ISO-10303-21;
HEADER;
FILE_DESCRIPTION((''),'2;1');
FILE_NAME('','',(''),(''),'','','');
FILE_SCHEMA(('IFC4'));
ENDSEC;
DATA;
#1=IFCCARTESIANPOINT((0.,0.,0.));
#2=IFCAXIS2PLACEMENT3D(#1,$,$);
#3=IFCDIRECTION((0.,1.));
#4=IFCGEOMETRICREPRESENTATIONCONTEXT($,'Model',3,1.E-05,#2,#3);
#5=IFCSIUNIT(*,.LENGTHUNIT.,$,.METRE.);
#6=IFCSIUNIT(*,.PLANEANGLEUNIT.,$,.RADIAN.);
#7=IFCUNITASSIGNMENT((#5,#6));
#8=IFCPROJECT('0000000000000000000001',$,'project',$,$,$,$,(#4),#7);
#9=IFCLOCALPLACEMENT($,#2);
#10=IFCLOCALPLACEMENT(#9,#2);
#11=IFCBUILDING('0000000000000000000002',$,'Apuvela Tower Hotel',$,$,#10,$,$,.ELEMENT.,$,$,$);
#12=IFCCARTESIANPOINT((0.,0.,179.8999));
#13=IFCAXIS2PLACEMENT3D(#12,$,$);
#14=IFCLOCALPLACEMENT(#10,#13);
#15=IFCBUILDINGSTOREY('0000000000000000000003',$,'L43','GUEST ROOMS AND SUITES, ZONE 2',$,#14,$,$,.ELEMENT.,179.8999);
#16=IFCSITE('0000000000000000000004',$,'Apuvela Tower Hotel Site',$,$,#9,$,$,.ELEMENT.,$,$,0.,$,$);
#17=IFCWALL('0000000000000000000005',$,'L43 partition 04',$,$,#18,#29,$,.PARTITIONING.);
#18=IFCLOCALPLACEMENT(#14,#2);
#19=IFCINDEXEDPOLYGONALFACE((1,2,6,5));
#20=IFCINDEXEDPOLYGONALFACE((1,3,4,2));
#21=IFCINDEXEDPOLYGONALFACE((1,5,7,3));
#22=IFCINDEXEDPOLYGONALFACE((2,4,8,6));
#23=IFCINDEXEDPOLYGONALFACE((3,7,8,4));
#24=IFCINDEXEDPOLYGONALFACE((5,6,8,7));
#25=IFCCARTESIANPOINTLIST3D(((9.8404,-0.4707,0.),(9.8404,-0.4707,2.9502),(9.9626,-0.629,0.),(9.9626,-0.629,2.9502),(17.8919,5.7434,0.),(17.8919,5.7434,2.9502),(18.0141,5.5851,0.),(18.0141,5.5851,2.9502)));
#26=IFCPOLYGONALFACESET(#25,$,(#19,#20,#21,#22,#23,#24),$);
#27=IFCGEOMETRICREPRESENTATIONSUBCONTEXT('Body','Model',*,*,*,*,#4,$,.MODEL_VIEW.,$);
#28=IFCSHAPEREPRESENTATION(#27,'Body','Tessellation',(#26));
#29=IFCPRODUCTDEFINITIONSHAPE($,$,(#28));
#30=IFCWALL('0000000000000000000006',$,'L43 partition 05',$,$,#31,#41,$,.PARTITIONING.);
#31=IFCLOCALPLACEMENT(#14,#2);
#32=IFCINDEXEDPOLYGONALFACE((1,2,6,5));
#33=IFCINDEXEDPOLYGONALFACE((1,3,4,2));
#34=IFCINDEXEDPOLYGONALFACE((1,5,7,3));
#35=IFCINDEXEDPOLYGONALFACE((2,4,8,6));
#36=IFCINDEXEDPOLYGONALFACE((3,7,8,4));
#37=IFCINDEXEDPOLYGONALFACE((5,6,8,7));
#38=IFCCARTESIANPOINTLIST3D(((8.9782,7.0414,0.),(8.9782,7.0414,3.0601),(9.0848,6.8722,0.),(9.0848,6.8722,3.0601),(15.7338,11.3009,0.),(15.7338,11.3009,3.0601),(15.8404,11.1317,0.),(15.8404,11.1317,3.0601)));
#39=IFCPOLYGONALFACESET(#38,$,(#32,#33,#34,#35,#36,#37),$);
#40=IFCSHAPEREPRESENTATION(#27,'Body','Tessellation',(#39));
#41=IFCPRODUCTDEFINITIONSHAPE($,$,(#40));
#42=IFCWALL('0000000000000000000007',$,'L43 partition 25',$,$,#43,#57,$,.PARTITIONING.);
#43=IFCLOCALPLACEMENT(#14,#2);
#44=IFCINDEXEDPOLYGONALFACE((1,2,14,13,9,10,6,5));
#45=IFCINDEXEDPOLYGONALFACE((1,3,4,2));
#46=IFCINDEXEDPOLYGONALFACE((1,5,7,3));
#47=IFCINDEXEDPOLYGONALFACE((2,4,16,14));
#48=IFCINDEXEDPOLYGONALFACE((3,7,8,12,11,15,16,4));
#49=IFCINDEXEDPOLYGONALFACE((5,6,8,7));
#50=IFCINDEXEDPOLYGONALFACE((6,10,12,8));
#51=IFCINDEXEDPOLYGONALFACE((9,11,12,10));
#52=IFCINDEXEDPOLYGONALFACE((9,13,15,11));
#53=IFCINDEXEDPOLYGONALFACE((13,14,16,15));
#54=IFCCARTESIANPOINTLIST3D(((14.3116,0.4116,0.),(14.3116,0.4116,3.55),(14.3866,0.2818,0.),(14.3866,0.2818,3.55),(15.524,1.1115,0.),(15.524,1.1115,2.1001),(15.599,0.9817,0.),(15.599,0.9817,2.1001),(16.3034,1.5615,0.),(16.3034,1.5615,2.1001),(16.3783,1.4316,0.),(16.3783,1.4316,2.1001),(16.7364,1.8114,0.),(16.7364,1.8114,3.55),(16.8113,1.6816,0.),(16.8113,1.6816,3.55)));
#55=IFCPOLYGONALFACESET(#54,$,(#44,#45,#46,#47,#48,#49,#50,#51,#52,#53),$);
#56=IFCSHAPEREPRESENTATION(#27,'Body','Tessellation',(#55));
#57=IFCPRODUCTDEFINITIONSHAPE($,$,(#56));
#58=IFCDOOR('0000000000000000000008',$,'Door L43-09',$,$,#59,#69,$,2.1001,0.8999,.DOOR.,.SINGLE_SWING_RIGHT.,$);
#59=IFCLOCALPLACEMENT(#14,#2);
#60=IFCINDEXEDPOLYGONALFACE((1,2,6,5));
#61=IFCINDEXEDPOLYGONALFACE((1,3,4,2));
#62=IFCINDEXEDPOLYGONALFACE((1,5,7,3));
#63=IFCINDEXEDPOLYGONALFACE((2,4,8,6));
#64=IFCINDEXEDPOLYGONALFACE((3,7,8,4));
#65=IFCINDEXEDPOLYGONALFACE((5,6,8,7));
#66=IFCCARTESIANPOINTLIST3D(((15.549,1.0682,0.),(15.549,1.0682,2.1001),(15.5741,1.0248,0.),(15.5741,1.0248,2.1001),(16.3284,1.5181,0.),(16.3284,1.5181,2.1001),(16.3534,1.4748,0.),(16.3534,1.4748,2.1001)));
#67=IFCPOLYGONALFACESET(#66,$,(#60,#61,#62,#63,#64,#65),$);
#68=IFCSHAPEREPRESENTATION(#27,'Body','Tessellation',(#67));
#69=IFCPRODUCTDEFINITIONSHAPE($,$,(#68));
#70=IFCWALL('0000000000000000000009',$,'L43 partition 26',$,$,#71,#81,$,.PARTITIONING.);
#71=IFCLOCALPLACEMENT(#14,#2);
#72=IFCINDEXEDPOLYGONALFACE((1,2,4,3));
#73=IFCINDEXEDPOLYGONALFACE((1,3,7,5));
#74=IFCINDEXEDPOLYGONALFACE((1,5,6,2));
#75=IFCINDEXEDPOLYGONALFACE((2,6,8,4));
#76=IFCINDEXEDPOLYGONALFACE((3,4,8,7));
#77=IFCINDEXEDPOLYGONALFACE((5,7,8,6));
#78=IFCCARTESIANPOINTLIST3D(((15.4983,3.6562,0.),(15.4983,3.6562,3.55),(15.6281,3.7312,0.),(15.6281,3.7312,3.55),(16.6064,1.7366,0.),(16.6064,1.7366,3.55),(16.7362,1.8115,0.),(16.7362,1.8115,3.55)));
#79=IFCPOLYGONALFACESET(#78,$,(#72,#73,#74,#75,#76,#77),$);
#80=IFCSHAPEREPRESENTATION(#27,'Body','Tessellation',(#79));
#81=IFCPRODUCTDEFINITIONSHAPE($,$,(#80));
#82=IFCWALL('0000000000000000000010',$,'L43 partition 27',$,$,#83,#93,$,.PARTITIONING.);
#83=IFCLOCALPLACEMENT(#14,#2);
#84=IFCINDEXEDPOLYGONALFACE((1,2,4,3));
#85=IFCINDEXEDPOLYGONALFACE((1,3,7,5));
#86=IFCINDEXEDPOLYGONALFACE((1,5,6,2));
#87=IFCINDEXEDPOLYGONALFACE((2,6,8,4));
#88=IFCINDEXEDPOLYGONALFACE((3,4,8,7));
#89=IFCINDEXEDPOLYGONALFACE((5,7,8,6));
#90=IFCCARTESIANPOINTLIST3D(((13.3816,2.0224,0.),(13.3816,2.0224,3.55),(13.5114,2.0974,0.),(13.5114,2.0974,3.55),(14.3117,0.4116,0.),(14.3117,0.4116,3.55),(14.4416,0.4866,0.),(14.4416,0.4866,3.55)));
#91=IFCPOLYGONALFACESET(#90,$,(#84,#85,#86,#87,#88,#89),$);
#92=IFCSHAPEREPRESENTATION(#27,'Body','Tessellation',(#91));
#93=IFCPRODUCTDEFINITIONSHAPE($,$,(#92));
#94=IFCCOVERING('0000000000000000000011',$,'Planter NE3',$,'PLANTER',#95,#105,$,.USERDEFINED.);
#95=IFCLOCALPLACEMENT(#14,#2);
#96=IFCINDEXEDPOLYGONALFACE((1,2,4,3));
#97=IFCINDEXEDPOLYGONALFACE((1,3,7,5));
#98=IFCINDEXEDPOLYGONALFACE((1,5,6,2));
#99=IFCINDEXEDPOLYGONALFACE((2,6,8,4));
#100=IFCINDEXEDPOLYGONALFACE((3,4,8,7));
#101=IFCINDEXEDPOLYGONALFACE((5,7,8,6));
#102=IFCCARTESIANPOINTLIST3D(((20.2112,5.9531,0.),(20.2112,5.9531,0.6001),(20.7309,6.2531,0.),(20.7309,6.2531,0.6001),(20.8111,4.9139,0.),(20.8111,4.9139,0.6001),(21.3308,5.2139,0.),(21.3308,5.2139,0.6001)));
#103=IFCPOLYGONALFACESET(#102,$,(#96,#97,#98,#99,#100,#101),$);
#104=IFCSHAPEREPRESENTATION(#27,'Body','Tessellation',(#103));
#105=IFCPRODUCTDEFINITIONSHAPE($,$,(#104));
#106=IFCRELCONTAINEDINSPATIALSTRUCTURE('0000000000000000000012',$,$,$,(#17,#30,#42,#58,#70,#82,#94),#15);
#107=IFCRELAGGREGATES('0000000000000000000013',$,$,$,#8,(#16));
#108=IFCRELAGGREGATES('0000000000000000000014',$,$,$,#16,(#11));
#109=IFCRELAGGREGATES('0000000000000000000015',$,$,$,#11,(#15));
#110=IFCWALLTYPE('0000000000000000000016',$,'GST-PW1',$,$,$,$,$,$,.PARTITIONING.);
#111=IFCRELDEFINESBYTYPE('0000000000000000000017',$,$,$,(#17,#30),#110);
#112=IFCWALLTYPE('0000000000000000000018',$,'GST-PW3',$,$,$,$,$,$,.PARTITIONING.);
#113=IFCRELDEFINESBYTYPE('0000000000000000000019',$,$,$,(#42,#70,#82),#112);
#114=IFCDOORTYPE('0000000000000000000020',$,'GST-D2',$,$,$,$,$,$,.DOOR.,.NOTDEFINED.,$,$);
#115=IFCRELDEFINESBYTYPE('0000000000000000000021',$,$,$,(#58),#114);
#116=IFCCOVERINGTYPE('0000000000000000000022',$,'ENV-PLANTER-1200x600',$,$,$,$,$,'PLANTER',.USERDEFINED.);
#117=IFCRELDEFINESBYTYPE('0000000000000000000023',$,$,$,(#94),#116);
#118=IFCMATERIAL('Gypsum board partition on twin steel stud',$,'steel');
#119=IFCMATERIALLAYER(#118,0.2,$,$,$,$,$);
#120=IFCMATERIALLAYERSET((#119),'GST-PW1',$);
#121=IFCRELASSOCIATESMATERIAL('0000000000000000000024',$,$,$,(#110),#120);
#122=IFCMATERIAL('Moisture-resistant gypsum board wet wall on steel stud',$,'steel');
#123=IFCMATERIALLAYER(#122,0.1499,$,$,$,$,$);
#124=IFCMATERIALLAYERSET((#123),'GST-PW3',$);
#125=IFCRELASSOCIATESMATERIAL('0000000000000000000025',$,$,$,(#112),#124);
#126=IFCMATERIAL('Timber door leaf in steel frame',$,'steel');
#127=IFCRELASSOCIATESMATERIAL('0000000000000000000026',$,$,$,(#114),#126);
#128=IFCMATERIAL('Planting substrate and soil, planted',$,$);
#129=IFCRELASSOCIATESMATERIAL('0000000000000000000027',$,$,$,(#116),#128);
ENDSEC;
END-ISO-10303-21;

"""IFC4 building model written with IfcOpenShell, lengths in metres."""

from ifc_helpers import new_model, si_unit, direction, frame, frame_2d, origin, origin_2d, place, context, subcontext, project, spatial, rectangle, extrude, material, layer, layer_set, type_object, element, fill, save


model = new_model("IFC4")

# Units and contexts
model_context = context("Model", 3, precision=1e-05, world=origin(), true_north=direction((0.0, 1.0)))
body_context = subcontext(model_context, "Body", "Model", "MODEL_VIEW")
ifc_project = project(units=[si_unit("LENGTHUNIT", "METRE"), si_unit("PLANEANGLEUNIT", "RADIAN")], contexts=[model_context])

# Site, building, storey
site_placement = place(None, origin())
site = spatial("IfcSite", under=ifc_project, at=site_placement, Name="Apuvela Tower Hotel Site", CompositionType="ELEMENT", RefElevation=0.0)
building_placement = place(site_placement, origin())
building = spatial("IfcBuilding", under=site, at=building_placement, Name="Apuvela Tower Hotel", CompositionType="ELEMENT")
storey_placement = place(building_placement, frame((0.0, 0.0, 179.8999)))
storey = spatial("IfcBuildingStorey", under=building, at=storey_placement, Name="L43", Description="GUEST ROOMS AND SUITES, ZONE 2", CompositionType="ELEMENT", Elevation=179.8999)

# Walls
ifc_material_1 = material(Name="Gypsum board partition on twin steel stud", Category="steel")
ifc_layer_1 = layer(ifc_material_1, 0.2)
ifc_layer_set_1 = layer_set([ifc_layer_1], Name="GST-PW1")
wall_type_1 = type_object("IfcWallType", Name="GST-PW1", PredefinedType="PARTITIONING", material=ifc_layer_set_1)
wall_1_placement = place(storey_placement, frame((17.9531, 5.6643, 0.0), z_axis=(0.0, 0.0, 1.0), x_axis=(-0.791642, -0.610985, 0.0)))
element("IfcWall", 1, at=wall_1_placement, inside=storey, type_object=wall_type_1, Name="L43 partition 04", PredefinedType="PARTITIONING", context=body_context, shape_type="SweptSolid", body=[
    extrude(rectangle(XDim=10.1707, YDim=0.2, at=frame_2d((5.0854, 0.0))), origin(), (0.0, 0.0, 1.0), 2.9502),
])
wall_2_placement = place(storey_placement, frame((15.7871, 11.2163, 0.0), z_axis=(0.0, 0.0, 1.0), x_axis=(-0.845895, -0.53335, 0.0)))
element("IfcWall", 2, at=wall_2_placement, inside=storey, type_object=wall_type_1, Name="L43 partition 05", PredefinedType="PARTITIONING", context=body_context, shape_type="SweptSolid", body=[
    extrude(rectangle(XDim=7.9863, YDim=0.2, at=frame_2d((3.9932, 0.0))), origin(), (0.0, 0.0, 1.0), 3.0601),
])

# Wall, opening, door
ifc_material_2 = material(Name="Moisture-resistant gypsum board wet wall on steel stud", Category="steel")
ifc_layer_2 = layer(ifc_material_2, 0.1499)
ifc_layer_set_2 = layer_set([ifc_layer_2], Name="GST-PW3")
wall_type_2 = type_object("IfcWallType", Name="GST-PW3", PredefinedType="PARTITIONING", material=ifc_layer_set_2)
wall_3_placement = place(storey_placement, frame((14.3491, 0.3467, 0.0), z_axis=(0.0, 0.0, 1.0), x_axis=(0.866035, 0.499984, 0.0)))
wall_3 = element("IfcWall", 3, at=wall_3_placement, inside=storey, type_object=wall_type_2, Name="L43 partition 25", PredefinedType="PARTITIONING", context=body_context, shape_type="SweptSolid", body=[
    extrude(rectangle(XDim=2.7998, YDim=0.1499, at=frame_2d((1.3999, 0.0))), origin(), (0.0, 0.0, 1.0), 3.55),
])
opening_1_placement = place(wall_3_placement, frame((1.3999, 0.0, 0.0)))
opening_1 = element("IfcOpeningElement", 4, at=opening_1_placement, cuts=wall_3, PredefinedType="OPENING", context=body_context, shape_type="SweptSolid", body=[
    extrude(rectangle(XDim=0.8999, YDim=2.1001, at=frame_2d((0.45, 1.05))), frame((0.0, 0.085, 0.0), z_axis=(0.0, -1.0, 0.0), x_axis=(1.0, 0.0, 0.0)), (0.0, 0.0, 1.0), 0.1699),
])
ifc_material_3 = material(Name="Timber door leaf in steel frame", Category="steel")
door_type_1 = type_object("IfcDoorType", Name="GST-D2", OperationType="NOTDEFINED", PredefinedType="DOOR", material=ifc_material_3)
door_1_placement = place(opening_1_placement, origin())
door_1 = element("IfcDoor", 5, at=door_1_placement, inside=storey, type_object=door_type_1, Name="Door L43-09", OperationType="SINGLE_SWING_RIGHT", OverallHeight=2.1001, OverallWidth=0.8999, PredefinedType="DOOR", context=body_context, shape_type="SweptSolid", body=[
    extrude(rectangle(XDim=0.8999, YDim=2.1001, at=frame_2d((0.45, 1.05))), frame((0.0, 0.0249, 0.0), z_axis=(0.0, -1.0, 0.0), x_axis=(1.0, 0.0, 0.0)), (0.0, 0.0, 1.0), 0.05),
])
fill(opening_1, door_1)

# Walls
wall_4_placement = place(storey_placement, frame((16.6714, 1.7739, 0.0), z_axis=(0.0, 0.0, 1.0), x_axis=(-0.499942, 0.866059, 0.0)))
element("IfcWall", 6, at=wall_4_placement, inside=storey, type_object=wall_type_2, Name="L43 partition 26", PredefinedType="PARTITIONING", context=body_context, shape_type="SweptSolid", body=[
    extrude(rectangle(XDim=2.2166, YDim=0.1499, at=frame_2d((1.1084, 0.0))), origin(), (0.0, 0.0, 1.0), 3.55),
])
wall_5_placement = place(storey_placement, frame((14.3767, 0.449, 0.0), z_axis=(0.0, 0.0, 1.0), x_axis=(-0.500063, 0.865989, 0.0)))
element("IfcWall", 7, at=wall_5_placement, inside=storey, type_object=wall_type_2, Name="L43 partition 27", PredefinedType="PARTITIONING", context=body_context, shape_type="SweptSolid", body=[
    extrude(rectangle(XDim=1.8601, YDim=0.1499, at=frame_2d((0.9302, 0.0))), origin(), (0.0, 0.0, 1.0), 3.55),
])

# Covering
ifc_material_4 = material(Name="Planting substrate and soil, planted")
covering_type = type_object("IfcCoveringType", Name="ENV-PLANTER-1200x600", ElementType="PLANTER", PredefinedType="USERDEFINED", material=ifc_material_4)
covering_placement = place(storey_placement, frame((20.771, 5.5835, 0.0), z_axis=(0.0, 0.0, 1.0), x_axis=(-0.5, 0.866025, 0.0)))
element("IfcCovering", 8, at=covering_placement, inside=storey, type_object=covering_type, Name="Planter NE3", ObjectType="PLANTER", PredefinedType="USERDEFINED", context=body_context, shape_type="SweptSolid", body=[
    extrude(rectangle(XDim=1.2, YDim=0.6001, at=origin_2d()), origin(), (0.0, 0.0, 1.0), 0.6001),
])

save(model, "model.ifc")
